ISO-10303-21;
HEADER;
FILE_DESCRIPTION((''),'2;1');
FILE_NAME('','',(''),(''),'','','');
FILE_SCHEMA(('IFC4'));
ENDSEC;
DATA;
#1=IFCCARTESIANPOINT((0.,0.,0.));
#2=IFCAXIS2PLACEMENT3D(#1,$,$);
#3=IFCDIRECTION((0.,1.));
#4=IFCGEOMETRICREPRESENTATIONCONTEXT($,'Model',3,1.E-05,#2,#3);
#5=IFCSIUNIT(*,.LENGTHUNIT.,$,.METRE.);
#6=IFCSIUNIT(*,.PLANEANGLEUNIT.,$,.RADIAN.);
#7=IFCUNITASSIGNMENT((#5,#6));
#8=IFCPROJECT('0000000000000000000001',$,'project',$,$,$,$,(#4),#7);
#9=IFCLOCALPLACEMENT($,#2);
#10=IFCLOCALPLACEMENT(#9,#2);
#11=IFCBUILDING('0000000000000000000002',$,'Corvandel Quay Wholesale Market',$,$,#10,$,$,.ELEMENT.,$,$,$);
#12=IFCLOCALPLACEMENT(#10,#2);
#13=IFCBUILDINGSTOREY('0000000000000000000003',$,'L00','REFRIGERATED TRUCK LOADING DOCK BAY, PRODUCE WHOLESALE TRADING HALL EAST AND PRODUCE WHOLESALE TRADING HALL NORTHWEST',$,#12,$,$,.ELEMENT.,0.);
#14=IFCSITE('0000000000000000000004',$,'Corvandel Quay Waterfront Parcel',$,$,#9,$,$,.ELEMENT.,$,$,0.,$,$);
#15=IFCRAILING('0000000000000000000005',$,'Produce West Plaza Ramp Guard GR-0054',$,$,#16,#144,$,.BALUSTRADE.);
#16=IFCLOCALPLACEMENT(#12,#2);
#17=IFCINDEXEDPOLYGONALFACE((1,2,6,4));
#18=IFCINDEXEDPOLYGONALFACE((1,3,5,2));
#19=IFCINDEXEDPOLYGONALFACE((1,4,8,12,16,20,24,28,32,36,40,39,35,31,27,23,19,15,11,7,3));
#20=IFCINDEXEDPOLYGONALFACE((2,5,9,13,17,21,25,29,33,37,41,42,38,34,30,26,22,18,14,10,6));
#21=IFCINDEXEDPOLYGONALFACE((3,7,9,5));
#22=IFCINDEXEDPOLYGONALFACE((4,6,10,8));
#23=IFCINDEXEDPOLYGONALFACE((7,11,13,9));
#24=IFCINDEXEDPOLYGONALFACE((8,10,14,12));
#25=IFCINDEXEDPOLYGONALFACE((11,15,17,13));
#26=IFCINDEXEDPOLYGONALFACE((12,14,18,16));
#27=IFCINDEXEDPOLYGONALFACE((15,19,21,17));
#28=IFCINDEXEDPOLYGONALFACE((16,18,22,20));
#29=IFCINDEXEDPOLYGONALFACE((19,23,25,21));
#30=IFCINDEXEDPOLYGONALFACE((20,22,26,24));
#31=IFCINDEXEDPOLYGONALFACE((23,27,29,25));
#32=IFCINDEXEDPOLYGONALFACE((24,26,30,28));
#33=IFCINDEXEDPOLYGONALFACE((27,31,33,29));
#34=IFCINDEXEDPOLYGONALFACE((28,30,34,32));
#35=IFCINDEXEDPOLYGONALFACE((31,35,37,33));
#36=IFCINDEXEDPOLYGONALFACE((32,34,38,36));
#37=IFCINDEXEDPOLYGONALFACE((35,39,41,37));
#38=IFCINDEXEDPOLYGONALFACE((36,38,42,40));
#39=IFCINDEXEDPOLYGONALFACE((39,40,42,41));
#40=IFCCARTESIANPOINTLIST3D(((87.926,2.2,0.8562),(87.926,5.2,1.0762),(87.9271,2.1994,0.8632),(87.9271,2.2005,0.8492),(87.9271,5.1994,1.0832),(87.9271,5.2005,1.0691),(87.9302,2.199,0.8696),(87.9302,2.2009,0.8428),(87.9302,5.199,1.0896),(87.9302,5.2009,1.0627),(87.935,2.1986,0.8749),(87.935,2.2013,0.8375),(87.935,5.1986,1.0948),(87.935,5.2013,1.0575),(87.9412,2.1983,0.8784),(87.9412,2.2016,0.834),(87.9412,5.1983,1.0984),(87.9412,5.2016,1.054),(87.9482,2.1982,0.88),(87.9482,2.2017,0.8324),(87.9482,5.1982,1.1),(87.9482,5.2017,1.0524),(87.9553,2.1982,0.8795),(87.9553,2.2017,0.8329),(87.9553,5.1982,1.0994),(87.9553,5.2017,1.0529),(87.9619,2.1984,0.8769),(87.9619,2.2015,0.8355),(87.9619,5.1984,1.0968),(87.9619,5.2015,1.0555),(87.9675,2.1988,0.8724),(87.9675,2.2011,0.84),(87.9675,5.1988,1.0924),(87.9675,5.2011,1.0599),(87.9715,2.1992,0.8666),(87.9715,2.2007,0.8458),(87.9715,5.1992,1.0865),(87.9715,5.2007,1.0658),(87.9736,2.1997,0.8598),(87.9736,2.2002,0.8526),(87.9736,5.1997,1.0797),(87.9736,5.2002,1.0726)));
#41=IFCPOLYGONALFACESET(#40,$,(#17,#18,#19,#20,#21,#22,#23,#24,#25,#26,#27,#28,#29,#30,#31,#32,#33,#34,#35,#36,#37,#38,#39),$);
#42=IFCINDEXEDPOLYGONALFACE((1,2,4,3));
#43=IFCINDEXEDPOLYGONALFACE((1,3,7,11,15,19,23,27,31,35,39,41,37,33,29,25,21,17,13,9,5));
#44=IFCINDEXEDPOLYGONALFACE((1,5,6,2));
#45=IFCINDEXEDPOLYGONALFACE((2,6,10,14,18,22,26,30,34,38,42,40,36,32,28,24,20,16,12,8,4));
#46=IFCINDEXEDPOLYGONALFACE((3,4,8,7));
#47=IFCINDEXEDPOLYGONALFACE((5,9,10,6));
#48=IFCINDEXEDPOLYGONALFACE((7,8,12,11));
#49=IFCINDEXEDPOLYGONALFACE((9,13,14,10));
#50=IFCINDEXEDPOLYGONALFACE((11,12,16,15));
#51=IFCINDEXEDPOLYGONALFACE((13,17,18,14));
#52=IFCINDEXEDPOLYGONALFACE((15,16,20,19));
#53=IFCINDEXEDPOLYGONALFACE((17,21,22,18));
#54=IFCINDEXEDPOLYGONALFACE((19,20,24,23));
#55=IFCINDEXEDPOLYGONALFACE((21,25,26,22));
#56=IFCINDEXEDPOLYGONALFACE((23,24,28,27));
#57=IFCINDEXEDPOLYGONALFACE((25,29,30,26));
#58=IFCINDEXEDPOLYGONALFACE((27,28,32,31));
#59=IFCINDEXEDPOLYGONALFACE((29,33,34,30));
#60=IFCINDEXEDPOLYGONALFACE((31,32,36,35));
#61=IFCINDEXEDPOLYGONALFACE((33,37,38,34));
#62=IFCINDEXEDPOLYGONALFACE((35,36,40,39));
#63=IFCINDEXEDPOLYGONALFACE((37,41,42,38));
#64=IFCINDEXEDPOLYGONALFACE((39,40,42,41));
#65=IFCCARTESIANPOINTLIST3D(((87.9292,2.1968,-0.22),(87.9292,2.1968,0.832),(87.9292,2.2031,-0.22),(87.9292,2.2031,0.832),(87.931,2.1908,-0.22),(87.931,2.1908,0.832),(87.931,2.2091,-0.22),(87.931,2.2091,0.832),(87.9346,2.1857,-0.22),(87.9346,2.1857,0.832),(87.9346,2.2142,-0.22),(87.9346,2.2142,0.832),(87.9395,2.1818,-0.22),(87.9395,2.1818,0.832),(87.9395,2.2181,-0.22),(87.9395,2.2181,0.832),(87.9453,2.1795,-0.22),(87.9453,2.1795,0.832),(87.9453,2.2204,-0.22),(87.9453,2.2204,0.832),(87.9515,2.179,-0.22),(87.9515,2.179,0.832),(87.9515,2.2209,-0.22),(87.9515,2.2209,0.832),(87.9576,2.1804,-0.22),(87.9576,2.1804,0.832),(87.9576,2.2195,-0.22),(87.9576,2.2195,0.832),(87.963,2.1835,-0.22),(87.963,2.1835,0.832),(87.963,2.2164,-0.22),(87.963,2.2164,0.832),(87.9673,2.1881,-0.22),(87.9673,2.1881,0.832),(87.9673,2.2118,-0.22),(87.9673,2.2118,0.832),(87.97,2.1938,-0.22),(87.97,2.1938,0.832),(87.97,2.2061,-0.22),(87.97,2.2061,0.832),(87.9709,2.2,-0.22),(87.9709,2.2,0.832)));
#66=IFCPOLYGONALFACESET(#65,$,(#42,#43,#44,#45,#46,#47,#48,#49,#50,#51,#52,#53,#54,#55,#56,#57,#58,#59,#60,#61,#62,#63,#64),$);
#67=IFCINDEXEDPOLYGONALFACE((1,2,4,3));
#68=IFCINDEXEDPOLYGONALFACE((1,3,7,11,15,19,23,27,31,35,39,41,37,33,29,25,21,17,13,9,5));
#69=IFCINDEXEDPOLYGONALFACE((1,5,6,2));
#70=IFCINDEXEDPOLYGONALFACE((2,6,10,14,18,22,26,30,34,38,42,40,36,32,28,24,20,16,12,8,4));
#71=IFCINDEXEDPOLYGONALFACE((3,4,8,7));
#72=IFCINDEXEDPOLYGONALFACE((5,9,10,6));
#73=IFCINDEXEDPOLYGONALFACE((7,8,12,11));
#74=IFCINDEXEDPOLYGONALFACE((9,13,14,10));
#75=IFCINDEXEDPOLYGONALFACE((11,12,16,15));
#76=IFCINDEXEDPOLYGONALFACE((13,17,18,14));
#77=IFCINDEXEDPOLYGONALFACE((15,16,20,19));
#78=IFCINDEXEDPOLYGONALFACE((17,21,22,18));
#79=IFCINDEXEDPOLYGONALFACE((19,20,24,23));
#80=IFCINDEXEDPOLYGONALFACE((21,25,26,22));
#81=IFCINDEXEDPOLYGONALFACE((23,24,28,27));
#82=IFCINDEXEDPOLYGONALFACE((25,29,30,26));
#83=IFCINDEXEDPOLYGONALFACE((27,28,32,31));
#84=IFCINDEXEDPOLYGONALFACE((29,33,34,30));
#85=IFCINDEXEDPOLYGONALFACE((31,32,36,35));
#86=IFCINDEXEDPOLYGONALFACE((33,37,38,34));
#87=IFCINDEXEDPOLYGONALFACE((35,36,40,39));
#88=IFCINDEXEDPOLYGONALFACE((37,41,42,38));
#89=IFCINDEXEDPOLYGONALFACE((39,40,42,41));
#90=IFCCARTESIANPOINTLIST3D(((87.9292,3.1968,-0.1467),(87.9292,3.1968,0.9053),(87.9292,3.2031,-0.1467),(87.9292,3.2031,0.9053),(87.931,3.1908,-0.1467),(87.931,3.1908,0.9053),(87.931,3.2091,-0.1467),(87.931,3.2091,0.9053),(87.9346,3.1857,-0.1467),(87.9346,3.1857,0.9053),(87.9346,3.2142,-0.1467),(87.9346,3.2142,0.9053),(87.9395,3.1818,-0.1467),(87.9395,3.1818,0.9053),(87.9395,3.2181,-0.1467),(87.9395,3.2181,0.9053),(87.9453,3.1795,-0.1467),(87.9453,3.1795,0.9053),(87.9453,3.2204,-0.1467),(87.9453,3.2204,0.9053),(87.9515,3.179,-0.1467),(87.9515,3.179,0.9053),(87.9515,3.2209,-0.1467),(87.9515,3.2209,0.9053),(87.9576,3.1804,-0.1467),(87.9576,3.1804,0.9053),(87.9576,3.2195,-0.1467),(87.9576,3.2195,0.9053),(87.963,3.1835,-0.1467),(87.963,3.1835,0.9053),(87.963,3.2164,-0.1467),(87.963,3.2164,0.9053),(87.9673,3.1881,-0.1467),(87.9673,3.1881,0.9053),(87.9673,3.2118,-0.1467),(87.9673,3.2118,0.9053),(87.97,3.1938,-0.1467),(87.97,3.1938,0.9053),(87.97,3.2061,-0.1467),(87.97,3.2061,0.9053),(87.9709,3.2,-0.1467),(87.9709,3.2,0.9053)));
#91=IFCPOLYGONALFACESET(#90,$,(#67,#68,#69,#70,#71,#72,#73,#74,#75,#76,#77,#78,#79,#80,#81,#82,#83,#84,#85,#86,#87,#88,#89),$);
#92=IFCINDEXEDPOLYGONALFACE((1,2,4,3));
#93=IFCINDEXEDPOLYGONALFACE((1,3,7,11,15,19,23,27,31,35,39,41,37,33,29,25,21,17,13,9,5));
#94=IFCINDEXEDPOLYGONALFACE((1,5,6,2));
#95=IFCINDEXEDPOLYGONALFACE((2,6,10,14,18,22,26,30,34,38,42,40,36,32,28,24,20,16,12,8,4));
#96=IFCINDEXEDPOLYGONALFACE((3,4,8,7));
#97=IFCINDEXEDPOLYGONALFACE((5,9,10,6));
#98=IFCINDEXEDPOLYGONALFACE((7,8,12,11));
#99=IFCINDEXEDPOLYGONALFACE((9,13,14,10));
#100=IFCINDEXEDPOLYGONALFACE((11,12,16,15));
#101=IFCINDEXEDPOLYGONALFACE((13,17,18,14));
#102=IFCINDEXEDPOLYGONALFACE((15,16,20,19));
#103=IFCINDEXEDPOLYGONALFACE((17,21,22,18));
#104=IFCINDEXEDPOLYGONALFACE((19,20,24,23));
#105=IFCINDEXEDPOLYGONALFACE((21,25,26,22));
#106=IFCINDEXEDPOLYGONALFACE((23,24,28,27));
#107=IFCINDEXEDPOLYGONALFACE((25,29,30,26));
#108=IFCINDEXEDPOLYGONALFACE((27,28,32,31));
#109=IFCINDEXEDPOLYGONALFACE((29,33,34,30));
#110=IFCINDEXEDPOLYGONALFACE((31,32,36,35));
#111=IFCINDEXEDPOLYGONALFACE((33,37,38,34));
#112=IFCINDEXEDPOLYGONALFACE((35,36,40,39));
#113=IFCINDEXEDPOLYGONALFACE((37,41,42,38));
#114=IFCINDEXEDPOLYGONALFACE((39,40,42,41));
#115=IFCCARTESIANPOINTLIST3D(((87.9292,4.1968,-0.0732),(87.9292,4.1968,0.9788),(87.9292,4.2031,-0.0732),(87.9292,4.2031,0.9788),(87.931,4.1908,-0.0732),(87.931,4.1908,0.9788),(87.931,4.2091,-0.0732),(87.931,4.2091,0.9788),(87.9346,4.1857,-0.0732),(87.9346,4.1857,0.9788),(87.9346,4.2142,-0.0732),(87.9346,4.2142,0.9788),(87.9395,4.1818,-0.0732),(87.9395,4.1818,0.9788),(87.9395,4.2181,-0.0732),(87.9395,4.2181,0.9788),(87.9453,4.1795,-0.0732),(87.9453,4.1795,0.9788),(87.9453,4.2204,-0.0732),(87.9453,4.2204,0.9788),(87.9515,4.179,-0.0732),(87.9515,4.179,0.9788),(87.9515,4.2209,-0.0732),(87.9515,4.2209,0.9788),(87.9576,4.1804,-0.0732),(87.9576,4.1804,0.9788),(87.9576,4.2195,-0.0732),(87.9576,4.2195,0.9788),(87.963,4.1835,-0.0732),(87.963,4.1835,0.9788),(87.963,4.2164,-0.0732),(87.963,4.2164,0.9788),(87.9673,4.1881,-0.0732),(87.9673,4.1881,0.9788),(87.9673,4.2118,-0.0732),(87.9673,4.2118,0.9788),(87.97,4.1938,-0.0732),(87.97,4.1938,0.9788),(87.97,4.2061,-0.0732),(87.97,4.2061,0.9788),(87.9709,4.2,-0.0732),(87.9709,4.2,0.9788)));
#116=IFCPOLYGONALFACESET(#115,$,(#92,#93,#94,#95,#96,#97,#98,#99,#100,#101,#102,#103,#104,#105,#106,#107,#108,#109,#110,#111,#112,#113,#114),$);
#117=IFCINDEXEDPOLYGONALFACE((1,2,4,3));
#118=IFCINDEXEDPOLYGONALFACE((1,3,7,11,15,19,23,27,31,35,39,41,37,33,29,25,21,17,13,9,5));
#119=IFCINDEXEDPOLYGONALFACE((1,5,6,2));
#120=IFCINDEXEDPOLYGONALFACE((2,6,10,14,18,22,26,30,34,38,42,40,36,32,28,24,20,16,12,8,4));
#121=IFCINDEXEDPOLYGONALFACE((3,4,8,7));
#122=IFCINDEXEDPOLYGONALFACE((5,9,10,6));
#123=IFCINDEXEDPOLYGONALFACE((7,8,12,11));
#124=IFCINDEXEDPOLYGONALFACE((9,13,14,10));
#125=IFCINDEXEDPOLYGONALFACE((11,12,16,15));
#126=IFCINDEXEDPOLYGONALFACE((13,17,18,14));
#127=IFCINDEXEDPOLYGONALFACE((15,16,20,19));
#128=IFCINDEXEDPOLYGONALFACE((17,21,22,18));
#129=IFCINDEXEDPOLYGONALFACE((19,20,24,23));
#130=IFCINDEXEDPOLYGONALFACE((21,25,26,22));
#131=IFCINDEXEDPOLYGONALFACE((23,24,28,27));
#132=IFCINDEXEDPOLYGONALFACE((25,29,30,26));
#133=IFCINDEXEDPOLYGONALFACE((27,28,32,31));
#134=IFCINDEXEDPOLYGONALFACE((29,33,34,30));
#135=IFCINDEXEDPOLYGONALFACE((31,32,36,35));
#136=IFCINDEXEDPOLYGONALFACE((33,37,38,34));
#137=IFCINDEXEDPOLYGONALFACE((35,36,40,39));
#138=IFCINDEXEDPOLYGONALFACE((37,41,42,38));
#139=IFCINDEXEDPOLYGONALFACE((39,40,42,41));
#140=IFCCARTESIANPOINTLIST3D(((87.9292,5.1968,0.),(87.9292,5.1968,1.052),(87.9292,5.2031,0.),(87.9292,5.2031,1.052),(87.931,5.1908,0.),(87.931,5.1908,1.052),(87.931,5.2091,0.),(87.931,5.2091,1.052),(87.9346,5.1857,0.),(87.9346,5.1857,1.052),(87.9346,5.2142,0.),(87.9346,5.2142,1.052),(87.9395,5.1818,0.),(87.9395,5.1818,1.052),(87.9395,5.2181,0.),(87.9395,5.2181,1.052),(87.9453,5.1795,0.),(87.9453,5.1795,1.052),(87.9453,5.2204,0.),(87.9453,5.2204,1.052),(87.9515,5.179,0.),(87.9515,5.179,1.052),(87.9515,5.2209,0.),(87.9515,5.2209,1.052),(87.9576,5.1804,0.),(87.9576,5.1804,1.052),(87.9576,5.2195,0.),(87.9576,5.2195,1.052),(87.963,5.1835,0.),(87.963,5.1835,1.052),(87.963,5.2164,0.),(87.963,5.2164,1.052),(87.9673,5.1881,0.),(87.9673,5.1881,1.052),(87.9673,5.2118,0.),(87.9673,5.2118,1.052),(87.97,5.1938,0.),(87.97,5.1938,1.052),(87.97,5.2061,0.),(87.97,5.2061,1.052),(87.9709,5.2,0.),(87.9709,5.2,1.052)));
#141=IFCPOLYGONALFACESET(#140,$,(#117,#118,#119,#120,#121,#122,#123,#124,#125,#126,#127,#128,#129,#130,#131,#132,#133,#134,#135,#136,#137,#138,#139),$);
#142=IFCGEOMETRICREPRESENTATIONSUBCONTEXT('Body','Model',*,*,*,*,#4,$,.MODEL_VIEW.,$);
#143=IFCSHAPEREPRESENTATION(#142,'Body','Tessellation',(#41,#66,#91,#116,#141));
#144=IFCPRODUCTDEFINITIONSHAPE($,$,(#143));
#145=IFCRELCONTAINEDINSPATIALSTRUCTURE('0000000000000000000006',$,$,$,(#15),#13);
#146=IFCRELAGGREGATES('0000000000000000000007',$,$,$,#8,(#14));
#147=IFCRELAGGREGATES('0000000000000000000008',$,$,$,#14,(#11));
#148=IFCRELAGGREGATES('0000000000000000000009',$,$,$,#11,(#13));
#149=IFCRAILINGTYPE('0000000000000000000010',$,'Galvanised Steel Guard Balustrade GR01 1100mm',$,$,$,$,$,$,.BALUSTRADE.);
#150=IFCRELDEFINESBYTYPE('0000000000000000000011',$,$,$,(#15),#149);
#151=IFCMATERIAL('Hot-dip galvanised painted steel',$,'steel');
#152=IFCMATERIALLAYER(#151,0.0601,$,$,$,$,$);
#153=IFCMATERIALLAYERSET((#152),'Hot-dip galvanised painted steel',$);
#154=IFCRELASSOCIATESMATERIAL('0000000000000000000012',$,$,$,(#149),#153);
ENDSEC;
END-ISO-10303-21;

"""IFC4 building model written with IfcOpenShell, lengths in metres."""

from ifc_helpers import new_model, si_unit, direction, frame, origin, origin_2d, place, context, subcontext, project, spatial, circle, extrude, material, layer, layer_set, type_object, element, save


model = new_model("IFC4")

# Units and contexts
model_context = context("Model", 3, precision=1e-05, world=origin(), true_north=direction((0.0, 1.0)))
body_context = subcontext(model_context, "Body", "Model", "MODEL_VIEW")
ifc_project = project(units=[si_unit("LENGTHUNIT", "METRE"), si_unit("PLANEANGLEUNIT", "RADIAN")], contexts=[model_context])

# Site, building, storey
site_placement = place(None, origin())
site = spatial("IfcSite", under=ifc_project, at=site_placement, Name="Corvandel Quay Waterfront Parcel", CompositionType="ELEMENT", RefElevation=0.0)
building_placement = place(site_placement, origin())
building = spatial("IfcBuilding", under=site, at=building_placement, Name="Corvandel Quay Wholesale Market", CompositionType="ELEMENT")
storey_placement = place(building_placement, origin())
storey = spatial("IfcBuildingStorey", under=building, at=storey_placement, Name="L00", Description="REFRIGERATED TRUCK LOADING DOCK BAY, PRODUCE WHOLESALE TRADING HALL EAST AND PRODUCE WHOLESALE TRADING HALL NORTHWEST", CompositionType="ELEMENT", Elevation=0.0)

# Railing
ifc_material_1 = material(Name="Hot-dip galvanised painted steel", Category="steel")
ifc_layer_1 = layer(ifc_material_1, 0.0601)
ifc_layer_set_1 = layer_set([ifc_layer_1], Name="Hot-dip galvanised painted steel")
railing_type = type_object("IfcRailingType", Name="Galvanised Steel Guard Balustrade GR01 1100mm", PredefinedType="BALUSTRADE", material=ifc_layer_set_1)
for number, where, name in (
    (1, (87.95, 2.2, -0.22), "Produce West Plaza Ramp Guard GR-0054"),
):
    element("IfcRailing", number, at=place(storey_placement, frame(where)), inside=storey, type_object=railing_type, Name=name, PredefinedType="BALUSTRADE", context=body_context, shape_type="SweptSolid", body=[
        extrude(circle(Radius=0.0239, at=origin_2d()), frame((0.0, 0.0, 1.0762), z_axis=(0.0, 0.997323, 0.073127), x_axis=(-1.0, 0.0, 0.0)), (0.0, 0.0, 1.0), 3.0081),
        extrude(circle(Radius=0.021, at=origin_2d()), origin(), (0.0, 0.0, 1.0), 1.052),
        extrude(circle(Radius=0.021, at=origin_2d()), frame((0.0, 1.0, 0.0732)), (0.0, 0.0, 1.0), 1.052),
        extrude(circle(Radius=0.021, at=origin_2d()), frame((0.0, 2.0, 0.1467)), (0.0, 0.0, 1.0), 1.052),
        extrude(circle(Radius=0.021, at=origin_2d()), frame((0.0, 3.0, 0.22)), (0.0, 0.0, 1.0), 1.052),
    ])

save(model, "model.ifc")
